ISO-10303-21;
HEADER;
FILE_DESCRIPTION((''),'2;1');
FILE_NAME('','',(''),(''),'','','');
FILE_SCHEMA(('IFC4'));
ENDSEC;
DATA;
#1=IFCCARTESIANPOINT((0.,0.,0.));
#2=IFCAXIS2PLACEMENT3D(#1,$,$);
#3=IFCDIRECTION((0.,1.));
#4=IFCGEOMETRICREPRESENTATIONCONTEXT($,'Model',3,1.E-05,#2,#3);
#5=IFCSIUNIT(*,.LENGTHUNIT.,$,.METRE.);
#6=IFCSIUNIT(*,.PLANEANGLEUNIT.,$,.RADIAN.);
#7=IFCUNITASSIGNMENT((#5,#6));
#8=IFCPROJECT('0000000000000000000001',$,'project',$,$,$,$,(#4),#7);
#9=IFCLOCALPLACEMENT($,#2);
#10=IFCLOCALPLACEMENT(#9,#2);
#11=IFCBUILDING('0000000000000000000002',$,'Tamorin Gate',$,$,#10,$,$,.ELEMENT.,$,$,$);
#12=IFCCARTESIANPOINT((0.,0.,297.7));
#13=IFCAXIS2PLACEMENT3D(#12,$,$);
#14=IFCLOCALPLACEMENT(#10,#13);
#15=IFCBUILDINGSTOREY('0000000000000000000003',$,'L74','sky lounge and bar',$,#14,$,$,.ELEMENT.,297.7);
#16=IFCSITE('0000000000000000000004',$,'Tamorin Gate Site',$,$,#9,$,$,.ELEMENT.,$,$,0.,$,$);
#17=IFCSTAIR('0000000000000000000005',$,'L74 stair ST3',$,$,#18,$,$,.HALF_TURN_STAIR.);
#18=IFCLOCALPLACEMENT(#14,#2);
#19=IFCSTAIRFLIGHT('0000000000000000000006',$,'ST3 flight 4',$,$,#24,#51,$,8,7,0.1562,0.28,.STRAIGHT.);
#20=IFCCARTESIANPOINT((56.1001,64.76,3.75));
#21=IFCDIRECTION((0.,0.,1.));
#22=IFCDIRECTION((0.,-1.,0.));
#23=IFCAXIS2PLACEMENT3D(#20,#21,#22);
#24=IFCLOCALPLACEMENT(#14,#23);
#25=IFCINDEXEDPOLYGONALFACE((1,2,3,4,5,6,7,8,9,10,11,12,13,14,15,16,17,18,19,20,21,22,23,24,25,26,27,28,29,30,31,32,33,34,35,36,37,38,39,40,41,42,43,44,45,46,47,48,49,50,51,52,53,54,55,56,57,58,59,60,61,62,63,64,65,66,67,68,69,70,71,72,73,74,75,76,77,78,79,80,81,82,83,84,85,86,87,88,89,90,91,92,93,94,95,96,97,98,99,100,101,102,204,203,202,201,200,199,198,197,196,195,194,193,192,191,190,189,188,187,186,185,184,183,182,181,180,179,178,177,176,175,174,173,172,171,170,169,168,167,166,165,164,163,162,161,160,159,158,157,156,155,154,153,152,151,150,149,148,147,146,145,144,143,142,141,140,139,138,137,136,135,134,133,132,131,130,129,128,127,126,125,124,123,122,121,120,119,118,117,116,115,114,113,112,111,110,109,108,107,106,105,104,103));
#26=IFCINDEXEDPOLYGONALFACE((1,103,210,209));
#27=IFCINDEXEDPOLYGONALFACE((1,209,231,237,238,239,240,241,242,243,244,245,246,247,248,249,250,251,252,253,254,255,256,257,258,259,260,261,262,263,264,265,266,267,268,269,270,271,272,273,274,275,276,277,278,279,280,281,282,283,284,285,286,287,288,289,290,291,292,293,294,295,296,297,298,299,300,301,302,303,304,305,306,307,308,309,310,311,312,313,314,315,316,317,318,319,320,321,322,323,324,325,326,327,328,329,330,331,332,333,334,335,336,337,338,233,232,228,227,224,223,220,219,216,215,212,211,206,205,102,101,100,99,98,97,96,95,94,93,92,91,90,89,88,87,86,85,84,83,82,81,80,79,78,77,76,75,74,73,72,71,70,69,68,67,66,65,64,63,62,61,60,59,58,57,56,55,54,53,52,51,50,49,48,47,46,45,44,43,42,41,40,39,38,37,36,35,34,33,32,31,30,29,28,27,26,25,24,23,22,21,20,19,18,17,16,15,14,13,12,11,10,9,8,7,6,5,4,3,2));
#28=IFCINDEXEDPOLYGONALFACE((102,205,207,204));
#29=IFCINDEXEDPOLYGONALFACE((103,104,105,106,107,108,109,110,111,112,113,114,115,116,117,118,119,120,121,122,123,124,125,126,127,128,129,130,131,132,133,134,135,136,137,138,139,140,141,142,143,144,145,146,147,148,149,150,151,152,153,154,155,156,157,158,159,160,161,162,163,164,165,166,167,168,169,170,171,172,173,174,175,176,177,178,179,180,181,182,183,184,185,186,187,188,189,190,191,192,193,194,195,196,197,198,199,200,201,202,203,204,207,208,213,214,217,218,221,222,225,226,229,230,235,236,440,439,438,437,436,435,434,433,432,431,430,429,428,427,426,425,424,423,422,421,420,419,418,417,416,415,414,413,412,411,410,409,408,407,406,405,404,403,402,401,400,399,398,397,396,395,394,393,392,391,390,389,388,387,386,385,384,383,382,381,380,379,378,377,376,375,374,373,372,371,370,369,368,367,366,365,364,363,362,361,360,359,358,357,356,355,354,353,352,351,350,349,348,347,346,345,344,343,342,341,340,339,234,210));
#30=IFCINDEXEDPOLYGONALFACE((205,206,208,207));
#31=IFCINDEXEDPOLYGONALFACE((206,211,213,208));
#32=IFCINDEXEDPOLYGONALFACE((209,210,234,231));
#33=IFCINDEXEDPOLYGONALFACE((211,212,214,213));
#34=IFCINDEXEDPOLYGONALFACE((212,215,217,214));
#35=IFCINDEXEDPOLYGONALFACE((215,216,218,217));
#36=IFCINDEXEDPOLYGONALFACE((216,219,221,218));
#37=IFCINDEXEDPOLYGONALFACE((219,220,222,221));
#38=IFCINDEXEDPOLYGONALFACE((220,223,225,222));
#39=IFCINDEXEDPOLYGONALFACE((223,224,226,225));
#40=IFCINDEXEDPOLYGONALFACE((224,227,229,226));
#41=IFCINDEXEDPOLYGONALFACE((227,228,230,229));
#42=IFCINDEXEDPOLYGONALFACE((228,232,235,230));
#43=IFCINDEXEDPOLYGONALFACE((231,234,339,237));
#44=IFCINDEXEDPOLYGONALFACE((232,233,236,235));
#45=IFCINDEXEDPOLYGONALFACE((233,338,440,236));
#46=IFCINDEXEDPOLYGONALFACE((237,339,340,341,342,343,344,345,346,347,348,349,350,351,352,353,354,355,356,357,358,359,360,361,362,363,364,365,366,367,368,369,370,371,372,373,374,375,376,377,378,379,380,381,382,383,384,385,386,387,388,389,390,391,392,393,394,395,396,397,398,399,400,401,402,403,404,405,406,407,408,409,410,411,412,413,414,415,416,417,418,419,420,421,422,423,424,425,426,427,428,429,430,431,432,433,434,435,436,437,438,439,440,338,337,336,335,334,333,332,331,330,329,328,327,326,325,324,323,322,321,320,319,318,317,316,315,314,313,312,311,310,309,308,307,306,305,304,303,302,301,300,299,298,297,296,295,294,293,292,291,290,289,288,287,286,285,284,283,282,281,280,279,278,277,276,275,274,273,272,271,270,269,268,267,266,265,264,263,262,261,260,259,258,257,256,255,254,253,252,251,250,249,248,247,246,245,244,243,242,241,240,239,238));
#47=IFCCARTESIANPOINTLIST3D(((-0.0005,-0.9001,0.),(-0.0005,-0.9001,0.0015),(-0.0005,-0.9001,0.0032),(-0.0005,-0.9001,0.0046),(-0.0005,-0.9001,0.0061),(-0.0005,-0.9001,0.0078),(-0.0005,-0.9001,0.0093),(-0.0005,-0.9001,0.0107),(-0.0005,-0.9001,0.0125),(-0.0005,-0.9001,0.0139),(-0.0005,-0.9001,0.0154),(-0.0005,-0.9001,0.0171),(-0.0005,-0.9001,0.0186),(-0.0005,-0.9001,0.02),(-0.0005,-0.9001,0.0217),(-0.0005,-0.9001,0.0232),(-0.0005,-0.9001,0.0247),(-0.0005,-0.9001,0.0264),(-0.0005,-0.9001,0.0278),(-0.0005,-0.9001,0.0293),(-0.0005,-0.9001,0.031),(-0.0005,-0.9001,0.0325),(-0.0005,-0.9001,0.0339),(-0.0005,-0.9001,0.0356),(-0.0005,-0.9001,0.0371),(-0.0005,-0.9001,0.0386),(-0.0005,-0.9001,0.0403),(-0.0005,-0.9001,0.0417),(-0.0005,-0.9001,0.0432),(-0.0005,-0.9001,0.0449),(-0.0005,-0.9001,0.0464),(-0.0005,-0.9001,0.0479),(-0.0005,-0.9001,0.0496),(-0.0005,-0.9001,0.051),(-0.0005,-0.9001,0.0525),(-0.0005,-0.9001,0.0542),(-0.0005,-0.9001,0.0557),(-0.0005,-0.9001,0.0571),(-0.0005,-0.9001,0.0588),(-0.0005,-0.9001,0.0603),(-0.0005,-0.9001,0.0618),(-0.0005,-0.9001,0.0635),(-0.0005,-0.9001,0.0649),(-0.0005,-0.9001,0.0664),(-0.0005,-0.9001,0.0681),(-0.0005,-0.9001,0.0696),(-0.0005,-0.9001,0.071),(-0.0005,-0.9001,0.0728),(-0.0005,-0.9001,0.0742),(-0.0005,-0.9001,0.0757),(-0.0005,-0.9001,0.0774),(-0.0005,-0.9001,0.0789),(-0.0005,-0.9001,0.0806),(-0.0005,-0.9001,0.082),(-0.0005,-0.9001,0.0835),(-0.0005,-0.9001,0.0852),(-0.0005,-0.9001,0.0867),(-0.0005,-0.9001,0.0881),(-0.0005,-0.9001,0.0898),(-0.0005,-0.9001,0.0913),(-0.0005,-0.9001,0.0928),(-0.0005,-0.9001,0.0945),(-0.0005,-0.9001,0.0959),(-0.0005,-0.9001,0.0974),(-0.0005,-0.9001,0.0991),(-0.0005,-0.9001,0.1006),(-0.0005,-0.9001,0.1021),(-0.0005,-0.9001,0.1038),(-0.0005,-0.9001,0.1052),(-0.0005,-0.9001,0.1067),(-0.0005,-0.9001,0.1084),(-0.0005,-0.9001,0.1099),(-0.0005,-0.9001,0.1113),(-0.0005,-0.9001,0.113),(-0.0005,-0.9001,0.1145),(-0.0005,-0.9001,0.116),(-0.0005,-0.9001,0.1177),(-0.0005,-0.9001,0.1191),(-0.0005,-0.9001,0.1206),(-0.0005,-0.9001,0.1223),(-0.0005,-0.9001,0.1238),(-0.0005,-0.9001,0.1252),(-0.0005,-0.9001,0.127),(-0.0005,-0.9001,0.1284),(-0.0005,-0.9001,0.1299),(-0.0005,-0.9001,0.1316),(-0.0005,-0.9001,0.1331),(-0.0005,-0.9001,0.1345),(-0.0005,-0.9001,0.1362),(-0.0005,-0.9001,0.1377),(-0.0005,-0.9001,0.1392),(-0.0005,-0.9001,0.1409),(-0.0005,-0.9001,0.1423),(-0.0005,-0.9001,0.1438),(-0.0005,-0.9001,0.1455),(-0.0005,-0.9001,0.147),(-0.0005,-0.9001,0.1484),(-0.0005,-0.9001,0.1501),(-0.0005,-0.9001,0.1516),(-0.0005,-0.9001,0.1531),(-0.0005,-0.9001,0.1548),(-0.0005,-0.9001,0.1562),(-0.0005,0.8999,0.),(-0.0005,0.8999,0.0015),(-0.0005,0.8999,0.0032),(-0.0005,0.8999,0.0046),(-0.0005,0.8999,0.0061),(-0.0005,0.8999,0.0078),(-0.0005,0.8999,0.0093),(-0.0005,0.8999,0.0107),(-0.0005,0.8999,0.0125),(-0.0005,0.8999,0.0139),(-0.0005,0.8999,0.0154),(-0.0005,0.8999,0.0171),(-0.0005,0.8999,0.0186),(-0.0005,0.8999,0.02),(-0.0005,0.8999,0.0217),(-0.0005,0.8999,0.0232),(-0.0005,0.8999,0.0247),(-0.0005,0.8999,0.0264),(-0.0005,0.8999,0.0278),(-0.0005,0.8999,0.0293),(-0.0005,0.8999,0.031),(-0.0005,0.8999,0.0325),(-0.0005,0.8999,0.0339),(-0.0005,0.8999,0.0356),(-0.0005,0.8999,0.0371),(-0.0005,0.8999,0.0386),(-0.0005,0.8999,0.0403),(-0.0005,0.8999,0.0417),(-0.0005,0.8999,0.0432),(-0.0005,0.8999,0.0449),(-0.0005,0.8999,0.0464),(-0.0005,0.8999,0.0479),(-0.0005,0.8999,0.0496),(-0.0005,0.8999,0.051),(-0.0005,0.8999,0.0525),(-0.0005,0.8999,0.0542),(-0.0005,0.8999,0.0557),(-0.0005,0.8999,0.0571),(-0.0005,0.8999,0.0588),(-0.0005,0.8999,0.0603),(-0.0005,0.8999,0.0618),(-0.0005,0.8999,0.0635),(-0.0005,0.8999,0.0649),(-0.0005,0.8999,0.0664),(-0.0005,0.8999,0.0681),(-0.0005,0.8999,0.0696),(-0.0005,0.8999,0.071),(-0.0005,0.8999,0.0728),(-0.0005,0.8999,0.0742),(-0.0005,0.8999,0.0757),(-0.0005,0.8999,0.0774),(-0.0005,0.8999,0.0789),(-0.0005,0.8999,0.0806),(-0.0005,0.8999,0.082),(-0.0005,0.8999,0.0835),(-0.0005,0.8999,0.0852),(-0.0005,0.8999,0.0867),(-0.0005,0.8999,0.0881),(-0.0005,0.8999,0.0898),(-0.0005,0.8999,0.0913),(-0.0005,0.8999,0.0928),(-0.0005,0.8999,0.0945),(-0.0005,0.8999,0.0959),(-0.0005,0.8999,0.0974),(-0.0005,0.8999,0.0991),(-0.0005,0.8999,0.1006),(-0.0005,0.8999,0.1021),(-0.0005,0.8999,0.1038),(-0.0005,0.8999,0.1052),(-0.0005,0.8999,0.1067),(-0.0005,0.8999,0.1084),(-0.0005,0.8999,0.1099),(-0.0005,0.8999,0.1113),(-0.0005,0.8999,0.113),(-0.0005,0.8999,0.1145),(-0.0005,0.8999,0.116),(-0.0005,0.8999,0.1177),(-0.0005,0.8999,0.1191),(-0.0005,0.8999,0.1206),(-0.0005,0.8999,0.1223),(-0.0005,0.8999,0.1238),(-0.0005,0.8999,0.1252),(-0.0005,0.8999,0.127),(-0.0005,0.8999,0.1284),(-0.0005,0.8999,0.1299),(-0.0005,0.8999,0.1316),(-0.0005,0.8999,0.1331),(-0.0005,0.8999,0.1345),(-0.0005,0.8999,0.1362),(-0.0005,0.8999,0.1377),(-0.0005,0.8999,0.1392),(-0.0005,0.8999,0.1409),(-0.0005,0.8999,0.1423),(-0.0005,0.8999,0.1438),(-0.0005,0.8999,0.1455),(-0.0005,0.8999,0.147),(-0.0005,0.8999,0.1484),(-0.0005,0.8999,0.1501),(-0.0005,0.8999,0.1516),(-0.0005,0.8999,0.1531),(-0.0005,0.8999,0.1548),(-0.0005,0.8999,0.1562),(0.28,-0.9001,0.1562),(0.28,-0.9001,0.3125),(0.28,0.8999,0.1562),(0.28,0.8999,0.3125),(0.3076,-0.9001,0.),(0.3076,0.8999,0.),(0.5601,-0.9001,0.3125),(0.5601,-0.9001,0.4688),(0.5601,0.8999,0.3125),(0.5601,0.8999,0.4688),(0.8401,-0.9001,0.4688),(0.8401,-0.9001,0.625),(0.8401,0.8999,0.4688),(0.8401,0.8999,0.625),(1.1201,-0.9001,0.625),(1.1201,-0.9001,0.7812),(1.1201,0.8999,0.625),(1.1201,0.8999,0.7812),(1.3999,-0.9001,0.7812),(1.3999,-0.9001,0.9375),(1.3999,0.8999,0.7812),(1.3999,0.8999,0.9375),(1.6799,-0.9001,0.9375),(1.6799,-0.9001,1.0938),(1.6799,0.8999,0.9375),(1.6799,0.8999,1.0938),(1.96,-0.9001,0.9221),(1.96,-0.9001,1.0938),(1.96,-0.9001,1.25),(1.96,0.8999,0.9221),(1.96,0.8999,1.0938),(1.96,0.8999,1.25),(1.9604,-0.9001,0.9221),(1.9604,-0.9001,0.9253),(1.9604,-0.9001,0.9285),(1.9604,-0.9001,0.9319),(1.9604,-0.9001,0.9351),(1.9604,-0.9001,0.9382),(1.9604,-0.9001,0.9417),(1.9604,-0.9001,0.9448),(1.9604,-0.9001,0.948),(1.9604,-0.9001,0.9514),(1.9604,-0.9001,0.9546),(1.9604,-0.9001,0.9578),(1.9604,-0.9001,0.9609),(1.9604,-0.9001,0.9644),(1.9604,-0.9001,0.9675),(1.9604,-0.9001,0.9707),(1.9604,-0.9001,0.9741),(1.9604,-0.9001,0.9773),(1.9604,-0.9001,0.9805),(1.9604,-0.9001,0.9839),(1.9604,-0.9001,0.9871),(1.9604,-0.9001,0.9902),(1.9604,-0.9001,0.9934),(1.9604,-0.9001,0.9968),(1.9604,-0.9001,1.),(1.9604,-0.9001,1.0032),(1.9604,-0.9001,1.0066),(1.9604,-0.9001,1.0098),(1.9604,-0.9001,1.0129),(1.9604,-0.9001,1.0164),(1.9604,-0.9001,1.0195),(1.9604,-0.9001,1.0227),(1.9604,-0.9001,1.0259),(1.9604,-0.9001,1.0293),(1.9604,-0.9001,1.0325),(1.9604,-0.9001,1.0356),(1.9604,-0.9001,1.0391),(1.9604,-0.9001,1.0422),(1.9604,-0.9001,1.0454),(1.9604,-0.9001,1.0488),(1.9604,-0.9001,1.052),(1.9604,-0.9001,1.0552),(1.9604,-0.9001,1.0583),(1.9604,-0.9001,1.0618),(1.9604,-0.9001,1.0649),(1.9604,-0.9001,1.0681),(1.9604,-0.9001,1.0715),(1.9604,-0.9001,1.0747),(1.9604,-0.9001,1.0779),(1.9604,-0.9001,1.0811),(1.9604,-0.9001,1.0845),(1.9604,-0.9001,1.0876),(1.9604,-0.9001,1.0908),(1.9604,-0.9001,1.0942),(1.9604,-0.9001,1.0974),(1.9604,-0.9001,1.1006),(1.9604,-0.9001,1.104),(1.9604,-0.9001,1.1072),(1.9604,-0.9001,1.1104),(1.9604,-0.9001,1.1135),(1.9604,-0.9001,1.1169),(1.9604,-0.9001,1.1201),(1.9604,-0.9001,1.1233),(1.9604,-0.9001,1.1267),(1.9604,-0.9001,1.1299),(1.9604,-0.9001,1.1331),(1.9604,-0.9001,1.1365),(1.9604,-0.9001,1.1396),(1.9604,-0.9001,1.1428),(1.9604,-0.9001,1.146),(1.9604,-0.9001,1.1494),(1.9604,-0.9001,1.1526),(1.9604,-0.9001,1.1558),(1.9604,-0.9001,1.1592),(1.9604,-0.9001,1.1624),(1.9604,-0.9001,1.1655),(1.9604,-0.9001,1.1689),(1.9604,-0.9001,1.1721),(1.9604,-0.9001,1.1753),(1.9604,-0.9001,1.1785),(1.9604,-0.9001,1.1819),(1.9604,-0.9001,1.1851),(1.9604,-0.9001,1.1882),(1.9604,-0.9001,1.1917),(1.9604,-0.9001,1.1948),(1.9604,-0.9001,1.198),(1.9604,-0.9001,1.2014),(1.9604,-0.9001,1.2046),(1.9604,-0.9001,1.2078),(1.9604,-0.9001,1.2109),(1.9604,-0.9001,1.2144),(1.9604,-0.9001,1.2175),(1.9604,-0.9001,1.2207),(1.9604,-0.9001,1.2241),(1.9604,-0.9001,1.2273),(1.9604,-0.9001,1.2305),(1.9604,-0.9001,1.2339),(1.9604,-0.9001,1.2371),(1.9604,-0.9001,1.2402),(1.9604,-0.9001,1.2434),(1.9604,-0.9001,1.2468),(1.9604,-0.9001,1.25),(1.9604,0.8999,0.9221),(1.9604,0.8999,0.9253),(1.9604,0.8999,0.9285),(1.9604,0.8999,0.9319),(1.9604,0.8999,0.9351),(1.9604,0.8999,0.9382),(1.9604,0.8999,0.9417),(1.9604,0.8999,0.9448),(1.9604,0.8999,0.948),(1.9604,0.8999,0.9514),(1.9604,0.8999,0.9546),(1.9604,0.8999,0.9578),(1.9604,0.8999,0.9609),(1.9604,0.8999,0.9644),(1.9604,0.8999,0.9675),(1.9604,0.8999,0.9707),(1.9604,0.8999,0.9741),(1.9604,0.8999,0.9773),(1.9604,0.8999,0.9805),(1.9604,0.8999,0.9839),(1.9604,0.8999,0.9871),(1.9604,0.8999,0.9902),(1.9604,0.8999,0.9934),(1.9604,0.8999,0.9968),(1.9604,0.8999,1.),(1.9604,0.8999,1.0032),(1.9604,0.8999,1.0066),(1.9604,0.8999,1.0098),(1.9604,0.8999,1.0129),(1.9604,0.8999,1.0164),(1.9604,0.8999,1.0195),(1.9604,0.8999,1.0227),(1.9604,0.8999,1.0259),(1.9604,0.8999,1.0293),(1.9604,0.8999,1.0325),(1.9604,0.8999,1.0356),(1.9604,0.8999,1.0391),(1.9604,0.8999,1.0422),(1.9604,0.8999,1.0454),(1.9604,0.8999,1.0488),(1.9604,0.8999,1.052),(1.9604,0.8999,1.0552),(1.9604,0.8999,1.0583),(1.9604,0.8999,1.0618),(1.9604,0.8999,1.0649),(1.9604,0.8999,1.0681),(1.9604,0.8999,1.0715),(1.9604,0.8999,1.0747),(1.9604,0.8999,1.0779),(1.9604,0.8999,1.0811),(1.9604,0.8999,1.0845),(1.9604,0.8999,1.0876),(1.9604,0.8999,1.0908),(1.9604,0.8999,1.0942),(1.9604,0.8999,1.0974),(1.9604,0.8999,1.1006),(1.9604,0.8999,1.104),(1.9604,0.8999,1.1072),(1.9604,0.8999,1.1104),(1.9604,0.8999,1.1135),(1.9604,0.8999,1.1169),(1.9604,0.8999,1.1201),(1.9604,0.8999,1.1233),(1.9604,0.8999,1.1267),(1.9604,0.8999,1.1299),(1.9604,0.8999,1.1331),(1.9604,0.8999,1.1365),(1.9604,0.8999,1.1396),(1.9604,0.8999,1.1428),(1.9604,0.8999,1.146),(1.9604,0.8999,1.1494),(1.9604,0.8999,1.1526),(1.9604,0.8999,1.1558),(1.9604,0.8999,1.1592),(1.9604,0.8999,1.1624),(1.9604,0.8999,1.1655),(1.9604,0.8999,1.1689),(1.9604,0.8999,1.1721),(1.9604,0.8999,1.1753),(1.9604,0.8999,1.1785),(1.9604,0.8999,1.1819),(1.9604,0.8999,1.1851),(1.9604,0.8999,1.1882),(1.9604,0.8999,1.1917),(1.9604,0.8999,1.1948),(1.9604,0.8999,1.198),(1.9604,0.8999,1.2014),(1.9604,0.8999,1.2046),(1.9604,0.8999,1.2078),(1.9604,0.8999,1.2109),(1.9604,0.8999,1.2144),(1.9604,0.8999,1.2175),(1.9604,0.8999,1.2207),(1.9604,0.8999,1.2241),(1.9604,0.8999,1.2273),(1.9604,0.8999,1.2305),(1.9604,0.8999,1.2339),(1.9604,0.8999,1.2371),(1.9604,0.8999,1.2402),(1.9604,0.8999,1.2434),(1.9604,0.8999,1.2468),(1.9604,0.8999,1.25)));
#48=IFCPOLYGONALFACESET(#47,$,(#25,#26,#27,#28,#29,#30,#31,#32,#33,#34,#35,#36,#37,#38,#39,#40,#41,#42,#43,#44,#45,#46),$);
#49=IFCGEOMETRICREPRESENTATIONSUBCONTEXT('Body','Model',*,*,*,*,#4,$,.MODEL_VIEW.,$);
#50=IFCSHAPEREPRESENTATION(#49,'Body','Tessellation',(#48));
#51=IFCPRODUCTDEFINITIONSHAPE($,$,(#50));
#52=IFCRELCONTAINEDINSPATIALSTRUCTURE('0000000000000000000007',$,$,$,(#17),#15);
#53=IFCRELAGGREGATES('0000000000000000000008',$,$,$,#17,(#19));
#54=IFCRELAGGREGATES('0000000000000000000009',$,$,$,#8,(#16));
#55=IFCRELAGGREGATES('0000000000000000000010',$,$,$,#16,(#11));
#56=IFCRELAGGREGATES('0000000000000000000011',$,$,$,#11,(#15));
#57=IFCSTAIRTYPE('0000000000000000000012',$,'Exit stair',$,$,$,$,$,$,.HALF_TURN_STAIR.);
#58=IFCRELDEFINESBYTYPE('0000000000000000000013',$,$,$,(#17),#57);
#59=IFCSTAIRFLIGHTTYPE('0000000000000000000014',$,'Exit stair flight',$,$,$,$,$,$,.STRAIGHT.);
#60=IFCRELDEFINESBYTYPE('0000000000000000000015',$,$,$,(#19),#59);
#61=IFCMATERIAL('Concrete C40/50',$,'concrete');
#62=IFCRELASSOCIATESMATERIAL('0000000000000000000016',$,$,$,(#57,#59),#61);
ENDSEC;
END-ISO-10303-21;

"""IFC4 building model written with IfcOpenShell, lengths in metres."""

from ifc_helpers import new_model, si_unit, direction, frame, origin, place, context, subcontext, project, spatial, polyline, outline, extrude, material, type_object, element, aggregate, save


model = new_model("IFC4")

# Units and contexts
model_context = context("Model", 3, precision=1e-05, world=origin(), true_north=direction((0.0, 1.0)))
body_context = subcontext(model_context, "Body", "Model", "MODEL_VIEW")
ifc_project = project(units=[si_unit("LENGTHUNIT", "METRE"), si_unit("PLANEANGLEUNIT", "RADIAN")], contexts=[model_context])

# Site, building, storey
site_placement = place(None, origin())
site = spatial("IfcSite", under=ifc_project, at=site_placement, Name="Tamorin Gate Site", CompositionType="ELEMENT", RefElevation=0.0)
building_placement = place(site_placement, origin())
building = spatial("IfcBuilding", under=site, at=building_placement, Name="Tamorin Gate", CompositionType="ELEMENT")
storey_placement = place(building_placement, frame((0.0, 0.0, 297.7)))
storey = spatial("IfcBuildingStorey", under=building, at=storey_placement, Name="L74", Description="sky lounge and bar", CompositionType="ELEMENT", Elevation=297.7)

# Shared definitions
ifc_material_1 = material(Name="Concrete C40/50", Category="concrete")

# Stair, stair flight
stair_type = type_object("IfcStairType", Name="Exit stair", PredefinedType="HALF_TURN_STAIR", material=ifc_material_1)
stair_placement = place(storey_placement, origin())
stair = element("IfcStair", 1, at=stair_placement, inside=storey, type_object=stair_type, Name="L74 stair ST3", PredefinedType="HALF_TURN_STAIR")
stair_flight_type = type_object("IfcStairFlightType", Name="Exit stair flight", PredefinedType="STRAIGHT", material=ifc_material_1)
stair_flight_1_placement = place(storey_placement, frame((56.1001, 64.76, 3.75), z_axis=(0.0, 0.0, 1.0), x_axis=(0.0, -1.0, 0.0)))
stair_flight_1 = element("IfcStairFlight", 2, at=stair_flight_1_placement, type_object=stair_flight_type, Name="ST3 flight 4", NumberOfRisers=8, NumberOfTreads=7, PredefinedType="STRAIGHT", RiserHeight=0.1562, TreadLength=0.28, context=body_context, shape_type="SweptSolid", body=[
    extrude(outline(polyline([(-0.0005, 0.0), (-0.0005, 0.0015), (-0.0005, 0.0032), (-0.0005, 0.0046), (-0.0005, 0.0061), (-0.0005, 0.0078), (-0.0005, 0.0093), (-0.0005, 0.0107), (-0.0005, 0.0125), (-0.0005, 0.0139), (-0.0005, 0.0154), (-0.0005, 0.0171), (-0.0005, 0.0186), (-0.0005, 0.02), (-0.0005, 0.0217), (-0.0005, 0.0232), (-0.0005, 0.0247), (-0.0005, 0.0264), (-0.0005, 0.0278), (-0.0005, 0.0293), (-0.0005, 0.031), (-0.0005, 0.0325), (-0.0005, 0.0339), (-0.0005, 0.0356), (-0.0005, 0.0371), (-0.0005, 0.0386), (-0.0005, 0.0403), (-0.0005, 0.0417), (-0.0005, 0.0432), (-0.0005, 0.0449), (-0.0005, 0.0464), (-0.0005, 0.0479), (-0.0005, 0.0496), (-0.0005, 0.051), (-0.0005, 0.0525), (-0.0005, 0.0542), (-0.0005, 0.0557), (-0.0005, 0.0571), (-0.0005, 0.0588), (-0.0005, 0.0603), (-0.0005, 0.0618), (-0.0005, 0.0635), (-0.0005, 0.0649), (-0.0005, 0.0664), (-0.0005, 0.0681), (-0.0005, 0.0696), (-0.0005, 0.071), (-0.0005, 0.0728), (-0.0005, 0.0742), (-0.0005, 0.0757), (-0.0005, 0.0774), (-0.0005, 0.0789), (-0.0005, 0.0806), (-0.0005, 0.082), (-0.0005, 0.0835), (-0.0005, 0.0852), (-0.0005, 0.0867), (-0.0005, 0.0881), (-0.0005, 0.0898), (-0.0005, 0.0913), (-0.0005, 0.0928), (-0.0005, 0.0945), (-0.0005, 0.0959), (-0.0005, 0.0974), (-0.0005, 0.0991), (-0.0005, 0.1006), (-0.0005, 0.1021), (-0.0005, 0.1038), (-0.0005, 0.1052), (-0.0005, 0.1067), (-0.0005, 0.1084), (-0.0005, 0.1099), (-0.0005, 0.1113), (-0.0005, 0.113), (-0.0005, 0.1145), (-0.0005, 0.116), (-0.0005, 0.1177), (-0.0005, 0.1191), (-0.0005, 0.1206), (-0.0005, 0.1223), (-0.0005, 0.1238), (-0.0005, 0.1252), (-0.0005, 0.127), (-0.0005, 0.1284), (-0.0005, 0.1299), (-0.0005, 0.1316), (-0.0005, 0.1331), (-0.0005, 0.1345), (-0.0005, 0.1362), (-0.0005, 0.1377), (-0.0005, 0.1392), (-0.0005, 0.1409), (-0.0005, 0.1423), (-0.0005, 0.1438), (-0.0005, 0.1455), (-0.0005, 0.147), (-0.0005, 0.1484), (-0.0005, 0.1501), (-0.0005, 0.1516), (-0.0005, 0.1531), (-0.0005, 0.1548), (-0.0005, 0.1562), (0.28, 0.1562), (0.28, 0.3125), (0.5601, 0.3125), (0.5601, 0.4688), (0.8401, 0.4688), (0.8401, 0.625), (1.1201, 0.625), (1.1201, 0.7812), (1.3999, 0.7812), (1.3999, 0.9375), (1.6799, 0.9375), (1.6799, 1.0938), (1.96, 1.0938), (1.96, 1.25), (1.9604, 1.25), (1.9604, 1.2468), (1.9604, 1.2434), (1.9604, 1.2402), (1.9604, 1.2371), (1.9604, 1.2339), (1.9604, 1.2305), (1.9604, 1.2273), (1.9604, 1.2241), (1.9604, 1.2207), (1.9604, 1.2175), (1.9604, 1.2144), (1.9604, 1.2109), (1.9604, 1.2078), (1.9604, 1.2046), (1.9604, 1.2014), (1.9604, 1.198), (1.9604, 1.1948), (1.9604, 1.1917), (1.9604, 1.1882), (1.9604, 1.1851), (1.9604, 1.1819), (1.9604, 1.1785), (1.9604, 1.1753), (1.9604, 1.1721), (1.9604, 1.1689), (1.9604, 1.1655), (1.9604, 1.1624), (1.9604, 1.1592), (1.9604, 1.1558), (1.9604, 1.1526), (1.9604, 1.1494), (1.9604, 1.146), (1.9604, 1.1428), (1.9604, 1.1396), (1.9604, 1.1365), (1.9604, 1.1331), (1.9604, 1.1299), (1.9604, 1.1267), (1.9604, 1.1233), (1.9604, 1.1201), (1.9604, 1.1169), (1.9604, 1.1135), (1.9604, 1.1104), (1.9604, 1.1072), (1.9604, 1.104), (1.9604, 1.1006), (1.9604, 1.0974), (1.9604, 1.0942), (1.9604, 1.0908), (1.9604, 1.0876), (1.9604, 1.0845), (1.9604, 1.0811), (1.9604, 1.0779), (1.9604, 1.0747), (1.9604, 1.0715), (1.9604, 1.0681), (1.9604, 1.0649), (1.9604, 1.0618), (1.9604, 1.0583), (1.9604, 1.0552), (1.9604, 1.052), (1.9604, 1.0488), (1.9604, 1.0454), (1.9604, 1.0422), (1.9604, 1.0391), (1.9604, 1.0356), (1.9604, 1.0325), (1.9604, 1.0293), (1.9604, 1.0259), (1.9604, 1.0227), (1.9604, 1.0195), (1.9604, 1.0164), (1.9604, 1.0129), (1.9604, 1.0098), (1.9604, 1.0066), (1.9604, 1.0032), (1.9604, 1.0), (1.9604, 0.9968), (1.9604, 0.9934), (1.9604, 0.9902), (1.9604, 0.9871), (1.9604, 0.9839), (1.9604, 0.9805), (1.9604, 0.9773), (1.9604, 0.9741), (1.9604, 0.9707), (1.9604, 0.9675), (1.9604, 0.9644), (1.9604, 0.9609), (1.9604, 0.9578), (1.9604, 0.9546), (1.9604, 0.9514), (1.9604, 0.948), (1.9604, 0.9448), (1.9604, 0.9417), (1.9604, 0.9382), (1.9604, 0.9351), (1.9604, 0.9319), (1.9604, 0.9285), (1.9604, 0.9253), (1.9604, 0.9221), (1.96, 0.9221), (0.3076, 0.0), (-0.0005, 0.0)])), frame((0.0, 0.8999, 0.0), z_axis=(0.0, -1.0, 0.0), x_axis=(1.0, 0.0, 0.0)), (0.0, 0.0, 1.0), 1.8),
])
aggregate(stair, [stair_flight_1])

save(model, "model.ifc")
